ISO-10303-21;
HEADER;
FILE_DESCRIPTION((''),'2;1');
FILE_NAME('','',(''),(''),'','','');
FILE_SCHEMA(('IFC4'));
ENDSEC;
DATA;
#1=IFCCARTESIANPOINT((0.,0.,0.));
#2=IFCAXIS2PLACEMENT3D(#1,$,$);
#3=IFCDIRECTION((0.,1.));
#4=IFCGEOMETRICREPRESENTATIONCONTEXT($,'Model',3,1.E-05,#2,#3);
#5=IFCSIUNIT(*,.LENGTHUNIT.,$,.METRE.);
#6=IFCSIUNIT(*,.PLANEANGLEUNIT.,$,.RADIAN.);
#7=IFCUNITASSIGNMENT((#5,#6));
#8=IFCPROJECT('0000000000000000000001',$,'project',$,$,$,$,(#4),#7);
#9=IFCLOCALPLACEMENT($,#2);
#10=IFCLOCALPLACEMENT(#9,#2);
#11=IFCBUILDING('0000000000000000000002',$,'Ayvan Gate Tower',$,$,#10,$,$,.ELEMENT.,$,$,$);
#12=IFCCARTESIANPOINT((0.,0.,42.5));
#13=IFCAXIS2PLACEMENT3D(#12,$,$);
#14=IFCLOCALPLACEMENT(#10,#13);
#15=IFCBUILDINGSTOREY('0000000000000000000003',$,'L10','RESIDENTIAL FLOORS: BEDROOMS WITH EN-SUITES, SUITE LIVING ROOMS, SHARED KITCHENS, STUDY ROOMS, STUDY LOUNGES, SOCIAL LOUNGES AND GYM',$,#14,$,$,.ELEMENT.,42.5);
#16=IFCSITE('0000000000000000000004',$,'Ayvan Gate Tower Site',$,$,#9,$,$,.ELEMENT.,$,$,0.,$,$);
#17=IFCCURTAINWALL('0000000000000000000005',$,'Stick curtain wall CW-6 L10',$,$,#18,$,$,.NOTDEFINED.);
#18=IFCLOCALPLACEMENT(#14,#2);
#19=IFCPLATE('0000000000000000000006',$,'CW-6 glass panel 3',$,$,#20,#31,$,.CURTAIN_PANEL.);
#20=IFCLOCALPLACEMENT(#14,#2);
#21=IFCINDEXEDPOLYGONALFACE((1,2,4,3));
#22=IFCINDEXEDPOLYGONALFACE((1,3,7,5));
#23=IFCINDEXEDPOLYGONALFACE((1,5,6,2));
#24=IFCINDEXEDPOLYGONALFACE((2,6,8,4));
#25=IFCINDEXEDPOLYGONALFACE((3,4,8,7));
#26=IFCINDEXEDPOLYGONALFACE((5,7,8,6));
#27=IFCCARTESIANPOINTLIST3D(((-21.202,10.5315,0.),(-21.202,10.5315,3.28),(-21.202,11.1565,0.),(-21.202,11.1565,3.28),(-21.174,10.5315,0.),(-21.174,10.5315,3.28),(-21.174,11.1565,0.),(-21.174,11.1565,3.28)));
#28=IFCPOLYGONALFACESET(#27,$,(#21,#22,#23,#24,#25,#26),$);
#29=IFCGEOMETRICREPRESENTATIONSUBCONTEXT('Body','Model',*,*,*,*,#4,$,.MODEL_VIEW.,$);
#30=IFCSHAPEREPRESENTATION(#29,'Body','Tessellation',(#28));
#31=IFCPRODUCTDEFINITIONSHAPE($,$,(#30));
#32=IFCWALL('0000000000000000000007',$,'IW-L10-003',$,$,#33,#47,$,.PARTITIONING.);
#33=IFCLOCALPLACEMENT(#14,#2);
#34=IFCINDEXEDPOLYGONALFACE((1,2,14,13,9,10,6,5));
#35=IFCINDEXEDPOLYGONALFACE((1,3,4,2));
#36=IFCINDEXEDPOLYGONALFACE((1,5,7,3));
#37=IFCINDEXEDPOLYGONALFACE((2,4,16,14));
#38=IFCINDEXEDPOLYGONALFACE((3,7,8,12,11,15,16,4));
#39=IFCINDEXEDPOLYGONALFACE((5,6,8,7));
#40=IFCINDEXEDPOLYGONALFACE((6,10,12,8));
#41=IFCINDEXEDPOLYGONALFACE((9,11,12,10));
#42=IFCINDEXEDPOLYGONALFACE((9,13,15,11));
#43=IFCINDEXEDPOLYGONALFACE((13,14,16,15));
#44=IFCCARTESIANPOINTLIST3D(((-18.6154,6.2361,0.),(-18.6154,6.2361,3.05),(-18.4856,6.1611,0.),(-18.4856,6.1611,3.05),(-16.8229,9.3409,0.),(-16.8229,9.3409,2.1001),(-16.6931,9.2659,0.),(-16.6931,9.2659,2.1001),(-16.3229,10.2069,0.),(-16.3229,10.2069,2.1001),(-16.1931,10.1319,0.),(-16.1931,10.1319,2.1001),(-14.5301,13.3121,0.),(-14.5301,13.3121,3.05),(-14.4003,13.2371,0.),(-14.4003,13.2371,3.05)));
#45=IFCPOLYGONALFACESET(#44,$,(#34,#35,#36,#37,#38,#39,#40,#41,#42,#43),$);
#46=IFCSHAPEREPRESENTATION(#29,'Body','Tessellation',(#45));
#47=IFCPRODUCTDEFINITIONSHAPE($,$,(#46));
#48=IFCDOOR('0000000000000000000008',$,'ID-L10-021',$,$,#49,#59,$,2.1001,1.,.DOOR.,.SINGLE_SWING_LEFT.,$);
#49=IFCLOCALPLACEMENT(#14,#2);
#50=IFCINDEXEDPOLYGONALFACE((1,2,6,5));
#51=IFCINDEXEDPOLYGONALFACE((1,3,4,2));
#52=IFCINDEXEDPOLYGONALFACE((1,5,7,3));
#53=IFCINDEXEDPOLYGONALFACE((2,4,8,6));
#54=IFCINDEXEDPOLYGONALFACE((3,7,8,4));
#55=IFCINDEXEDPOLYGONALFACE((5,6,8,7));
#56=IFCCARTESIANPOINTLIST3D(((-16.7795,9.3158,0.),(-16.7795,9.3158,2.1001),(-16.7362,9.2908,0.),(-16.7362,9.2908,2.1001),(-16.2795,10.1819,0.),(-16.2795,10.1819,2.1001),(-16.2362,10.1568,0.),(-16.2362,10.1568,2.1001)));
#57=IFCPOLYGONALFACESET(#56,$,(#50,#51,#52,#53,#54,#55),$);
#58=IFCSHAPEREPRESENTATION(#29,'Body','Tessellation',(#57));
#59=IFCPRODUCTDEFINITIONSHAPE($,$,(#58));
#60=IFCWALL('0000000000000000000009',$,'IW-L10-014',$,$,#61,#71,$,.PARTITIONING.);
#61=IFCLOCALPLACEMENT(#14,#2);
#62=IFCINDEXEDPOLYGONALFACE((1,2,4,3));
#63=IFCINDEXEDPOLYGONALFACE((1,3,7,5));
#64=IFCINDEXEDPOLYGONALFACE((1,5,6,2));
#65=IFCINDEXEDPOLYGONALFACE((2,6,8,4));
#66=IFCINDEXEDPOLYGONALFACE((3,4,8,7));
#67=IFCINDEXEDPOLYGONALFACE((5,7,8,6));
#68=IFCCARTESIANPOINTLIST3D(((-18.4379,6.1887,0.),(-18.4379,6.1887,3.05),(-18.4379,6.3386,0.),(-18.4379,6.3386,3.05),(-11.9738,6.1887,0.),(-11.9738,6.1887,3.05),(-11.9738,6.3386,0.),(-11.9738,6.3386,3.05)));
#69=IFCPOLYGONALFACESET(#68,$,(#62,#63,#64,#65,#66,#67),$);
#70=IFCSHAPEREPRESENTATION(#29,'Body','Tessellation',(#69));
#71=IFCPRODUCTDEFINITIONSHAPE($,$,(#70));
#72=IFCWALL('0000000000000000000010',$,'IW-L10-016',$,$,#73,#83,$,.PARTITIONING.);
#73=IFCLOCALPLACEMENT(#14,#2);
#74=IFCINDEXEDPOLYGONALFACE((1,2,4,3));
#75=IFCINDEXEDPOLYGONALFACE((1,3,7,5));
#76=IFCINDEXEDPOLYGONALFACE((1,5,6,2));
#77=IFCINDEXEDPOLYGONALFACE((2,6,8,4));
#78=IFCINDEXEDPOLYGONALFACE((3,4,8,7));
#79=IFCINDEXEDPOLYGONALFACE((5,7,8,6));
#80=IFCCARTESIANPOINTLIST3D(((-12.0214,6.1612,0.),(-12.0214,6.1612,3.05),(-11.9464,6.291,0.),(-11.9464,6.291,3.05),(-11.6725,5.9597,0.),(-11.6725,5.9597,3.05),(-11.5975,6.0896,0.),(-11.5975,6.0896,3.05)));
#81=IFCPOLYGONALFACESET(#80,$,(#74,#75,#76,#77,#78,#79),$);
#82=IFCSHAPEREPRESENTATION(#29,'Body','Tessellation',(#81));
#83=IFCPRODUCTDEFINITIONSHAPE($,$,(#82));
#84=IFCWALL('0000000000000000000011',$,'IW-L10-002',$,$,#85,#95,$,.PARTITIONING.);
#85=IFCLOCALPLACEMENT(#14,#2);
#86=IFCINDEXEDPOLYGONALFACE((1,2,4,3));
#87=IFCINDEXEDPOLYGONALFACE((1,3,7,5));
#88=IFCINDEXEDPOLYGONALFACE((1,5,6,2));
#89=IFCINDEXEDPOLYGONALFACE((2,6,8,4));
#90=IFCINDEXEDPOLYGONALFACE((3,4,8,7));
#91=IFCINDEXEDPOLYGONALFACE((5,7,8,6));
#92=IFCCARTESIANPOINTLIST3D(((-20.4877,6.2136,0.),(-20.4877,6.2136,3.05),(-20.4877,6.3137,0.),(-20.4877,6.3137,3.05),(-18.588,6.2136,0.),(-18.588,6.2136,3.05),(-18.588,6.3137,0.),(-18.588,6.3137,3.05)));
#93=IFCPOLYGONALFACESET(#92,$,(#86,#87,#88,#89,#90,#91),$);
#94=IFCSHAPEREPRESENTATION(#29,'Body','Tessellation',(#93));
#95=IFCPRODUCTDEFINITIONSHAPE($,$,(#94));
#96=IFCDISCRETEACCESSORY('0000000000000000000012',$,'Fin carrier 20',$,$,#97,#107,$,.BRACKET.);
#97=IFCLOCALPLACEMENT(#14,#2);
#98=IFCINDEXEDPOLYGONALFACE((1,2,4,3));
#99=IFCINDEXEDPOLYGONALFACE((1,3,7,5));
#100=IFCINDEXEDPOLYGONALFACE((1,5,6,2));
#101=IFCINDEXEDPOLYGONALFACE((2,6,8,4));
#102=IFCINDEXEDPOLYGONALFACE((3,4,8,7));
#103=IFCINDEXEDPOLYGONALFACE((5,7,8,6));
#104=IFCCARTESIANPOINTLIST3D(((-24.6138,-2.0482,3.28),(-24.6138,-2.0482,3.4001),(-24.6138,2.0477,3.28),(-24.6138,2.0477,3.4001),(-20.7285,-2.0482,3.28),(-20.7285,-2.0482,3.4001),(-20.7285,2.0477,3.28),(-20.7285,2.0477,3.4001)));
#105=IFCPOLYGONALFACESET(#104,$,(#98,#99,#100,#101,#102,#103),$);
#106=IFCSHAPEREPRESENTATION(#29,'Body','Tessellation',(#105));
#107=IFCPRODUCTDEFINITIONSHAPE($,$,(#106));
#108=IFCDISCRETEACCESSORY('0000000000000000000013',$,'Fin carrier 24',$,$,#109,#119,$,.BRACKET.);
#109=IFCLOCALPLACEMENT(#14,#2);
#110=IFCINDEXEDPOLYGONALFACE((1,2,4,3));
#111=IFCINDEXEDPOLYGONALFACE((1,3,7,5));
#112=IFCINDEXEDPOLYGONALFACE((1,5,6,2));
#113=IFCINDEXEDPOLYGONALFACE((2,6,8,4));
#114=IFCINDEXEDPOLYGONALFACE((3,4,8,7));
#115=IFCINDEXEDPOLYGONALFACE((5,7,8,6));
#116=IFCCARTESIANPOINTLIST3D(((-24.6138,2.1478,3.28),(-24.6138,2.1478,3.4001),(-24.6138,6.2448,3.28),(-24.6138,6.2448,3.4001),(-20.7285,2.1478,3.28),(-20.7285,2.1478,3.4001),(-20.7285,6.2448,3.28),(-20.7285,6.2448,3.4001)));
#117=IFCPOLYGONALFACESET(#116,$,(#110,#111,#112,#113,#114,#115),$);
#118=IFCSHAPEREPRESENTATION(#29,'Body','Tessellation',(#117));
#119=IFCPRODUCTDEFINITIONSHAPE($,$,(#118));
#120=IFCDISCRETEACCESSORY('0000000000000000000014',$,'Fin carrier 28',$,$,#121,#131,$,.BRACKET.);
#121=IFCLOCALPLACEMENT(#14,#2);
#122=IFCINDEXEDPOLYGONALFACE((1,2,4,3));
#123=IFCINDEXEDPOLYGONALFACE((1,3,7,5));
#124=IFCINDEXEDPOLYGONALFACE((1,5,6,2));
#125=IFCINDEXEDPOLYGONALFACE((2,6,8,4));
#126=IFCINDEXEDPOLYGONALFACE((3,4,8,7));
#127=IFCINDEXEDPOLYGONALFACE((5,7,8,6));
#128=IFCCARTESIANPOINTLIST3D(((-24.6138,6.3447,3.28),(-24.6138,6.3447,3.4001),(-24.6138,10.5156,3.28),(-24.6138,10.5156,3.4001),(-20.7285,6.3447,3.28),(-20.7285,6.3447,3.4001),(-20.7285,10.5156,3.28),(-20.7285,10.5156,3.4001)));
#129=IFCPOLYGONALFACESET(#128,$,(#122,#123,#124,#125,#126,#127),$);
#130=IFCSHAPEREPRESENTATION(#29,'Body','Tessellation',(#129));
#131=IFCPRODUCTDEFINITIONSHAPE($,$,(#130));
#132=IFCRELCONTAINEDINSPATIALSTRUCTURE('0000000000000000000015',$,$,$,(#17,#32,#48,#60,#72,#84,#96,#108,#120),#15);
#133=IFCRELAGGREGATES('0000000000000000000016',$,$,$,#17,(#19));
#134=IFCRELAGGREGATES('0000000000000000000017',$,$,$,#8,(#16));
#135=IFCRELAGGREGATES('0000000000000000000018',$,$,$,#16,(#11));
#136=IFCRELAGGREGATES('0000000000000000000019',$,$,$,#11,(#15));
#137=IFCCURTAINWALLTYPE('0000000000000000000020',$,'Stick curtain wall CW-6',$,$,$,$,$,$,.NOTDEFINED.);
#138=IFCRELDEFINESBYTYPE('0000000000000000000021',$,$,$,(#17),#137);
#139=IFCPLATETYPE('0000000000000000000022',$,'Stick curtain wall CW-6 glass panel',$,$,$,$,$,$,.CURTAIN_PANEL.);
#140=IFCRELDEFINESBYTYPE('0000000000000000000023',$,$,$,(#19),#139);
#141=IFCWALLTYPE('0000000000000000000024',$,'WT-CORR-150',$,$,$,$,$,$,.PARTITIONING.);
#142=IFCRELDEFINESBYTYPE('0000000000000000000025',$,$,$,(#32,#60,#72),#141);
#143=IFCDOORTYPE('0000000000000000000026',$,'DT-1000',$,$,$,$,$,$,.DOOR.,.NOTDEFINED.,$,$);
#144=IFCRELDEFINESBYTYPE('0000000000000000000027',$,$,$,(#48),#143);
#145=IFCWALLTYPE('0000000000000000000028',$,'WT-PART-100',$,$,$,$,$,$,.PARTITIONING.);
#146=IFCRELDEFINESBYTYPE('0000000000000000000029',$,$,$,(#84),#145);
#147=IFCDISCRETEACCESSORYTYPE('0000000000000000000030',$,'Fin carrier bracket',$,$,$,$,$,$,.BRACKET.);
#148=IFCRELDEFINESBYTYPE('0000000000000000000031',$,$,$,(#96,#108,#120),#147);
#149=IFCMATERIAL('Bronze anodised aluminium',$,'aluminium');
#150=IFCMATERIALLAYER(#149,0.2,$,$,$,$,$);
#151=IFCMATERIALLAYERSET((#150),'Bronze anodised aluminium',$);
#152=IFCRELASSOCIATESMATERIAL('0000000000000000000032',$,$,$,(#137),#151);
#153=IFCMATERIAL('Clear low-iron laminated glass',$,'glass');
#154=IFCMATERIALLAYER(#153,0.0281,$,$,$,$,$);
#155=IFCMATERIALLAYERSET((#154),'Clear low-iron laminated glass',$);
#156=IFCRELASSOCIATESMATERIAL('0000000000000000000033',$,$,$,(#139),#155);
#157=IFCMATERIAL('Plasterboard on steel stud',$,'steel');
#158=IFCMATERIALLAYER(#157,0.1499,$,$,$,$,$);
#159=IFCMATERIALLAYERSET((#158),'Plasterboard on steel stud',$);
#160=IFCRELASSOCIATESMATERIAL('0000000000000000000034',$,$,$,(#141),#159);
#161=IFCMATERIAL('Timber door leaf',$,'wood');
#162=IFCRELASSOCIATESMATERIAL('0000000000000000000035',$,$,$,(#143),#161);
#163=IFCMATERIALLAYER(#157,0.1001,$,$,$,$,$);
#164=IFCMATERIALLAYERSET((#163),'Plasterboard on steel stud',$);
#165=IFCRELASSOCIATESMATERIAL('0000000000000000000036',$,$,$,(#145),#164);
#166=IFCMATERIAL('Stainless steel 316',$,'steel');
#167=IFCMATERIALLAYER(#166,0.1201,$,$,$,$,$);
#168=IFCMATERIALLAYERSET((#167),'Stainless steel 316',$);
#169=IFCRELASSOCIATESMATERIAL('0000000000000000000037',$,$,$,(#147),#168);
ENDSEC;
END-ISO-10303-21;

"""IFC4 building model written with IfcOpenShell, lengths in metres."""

from ifc_helpers import new_model, si_unit, direction, frame, frame_2d, origin, origin_2d, place, context, subcontext, project, spatial, rectangle, extrude, material, layer, layer_set, type_object, element, fill, aggregate, save


model = new_model("IFC4")

# Units and contexts
model_context = context("Model", 3, precision=1e-05, world=origin(), true_north=direction((0.0, 1.0)))
body_context = subcontext(model_context, "Body", "Model", "MODEL_VIEW")
ifc_project = project(units=[si_unit("LENGTHUNIT", "METRE"), si_unit("PLANEANGLEUNIT", "RADIAN")], contexts=[model_context])

# Site, building, storey
site_placement = place(None, origin())
site = spatial("IfcSite", under=ifc_project, at=site_placement, Name="Ayvan Gate Tower Site", CompositionType="ELEMENT", RefElevation=0.0)
building_placement = place(site_placement, origin())
building = spatial("IfcBuilding", under=site, at=building_placement, Name="Ayvan Gate Tower", CompositionType="ELEMENT")
storey_placement = place(building_placement, frame((0.0, 0.0, 42.5)))
storey = spatial("IfcBuildingStorey", under=building, at=storey_placement, Name="L10", Description="RESIDENTIAL FLOORS: BEDROOMS WITH EN-SUITES, SUITE LIVING ROOMS, SHARED KITCHENS, STUDY ROOMS, STUDY LOUNGES, SOCIAL LOUNGES AND GYM", CompositionType="ELEMENT", Elevation=42.5)

# Curtain wall
ifc_material_1 = material(Name="Bronze anodised aluminium", Category="aluminium")
ifc_layer_1 = layer(ifc_material_1, 0.2)
ifc_layer_set_1 = layer_set([ifc_layer_1], Name="Bronze anodised aluminium")
curtain_wall_type_1 = type_object("IfcCurtainWallType", Name="Stick curtain wall CW-6", PredefinedType="NOTDEFINED", material=ifc_layer_set_1)
curtain_wall_1_placement = place(storey_placement, origin())
curtain_wall_1 = element("IfcCurtainWall", 1, at=curtain_wall_1_placement, inside=storey, type_object=curtain_wall_type_1, Name="Stick curtain wall CW-6 L10", PredefinedType="NOTDEFINED")

# Plate
ifc_material_2 = material(Name="Clear low-iron laminated glass", Category="glass")
ifc_layer_2 = layer(ifc_material_2, 0.0281)
ifc_layer_set_2 = layer_set([ifc_layer_2], Name="Clear low-iron laminated glass")
plate_type_1 = type_object("IfcPlateType", Name="Stick curtain wall CW-6 glass panel", PredefinedType="CURTAIN_PANEL", material=ifc_layer_set_2)
plate_1_placement = place(storey_placement, frame((-21.188, 10.844, 0.0), z_axis=(0.0, 0.0, 1.0), x_axis=(0.0, -1.0, 0.0)))
plate_1 = element("IfcPlate", 2, at=plate_1_placement, type_object=plate_type_1, Name="CW-6 glass panel 3", PredefinedType="CURTAIN_PANEL", context=body_context, shape_type="SweptSolid", body=[
    extrude(rectangle(XDim=0.625, YDim=0.0281, at=origin_2d()), origin(), (0.0, 0.0, 1.0), 3.28),
])
aggregate(curtain_wall_1, [plate_1])

# Wall, opening, door
ifc_material_3 = material(Name="Plasterboard on steel stud", Category="steel")
ifc_layer_3 = layer(ifc_material_3, 0.1499)
ifc_layer_set_3 = layer_set([ifc_layer_3], Name="Plasterboard on steel stud")
wall_type_1 = type_object("IfcWallType", Name="WT-CORR-150", PredefinedType="PARTITIONING", material=ifc_layer_set_3)
wall_1_placement = place(storey_placement, frame((-18.5505, 6.1985, 0.0), z_axis=(0.0, 0.0, 1.0), x_axis=(0.499992, 0.86603, 0.0)))
wall_1 = element("IfcWall", 3, at=wall_1_placement, inside=storey, type_object=wall_type_1, Name="IW-L10-003", PredefinedType="PARTITIONING", context=body_context, shape_type="SweptSolid", body=[
    extrude(rectangle(XDim=8.1707, YDim=0.1499, at=frame_2d((4.0854, 0.0))), origin(), (0.0, 0.0, 1.0), 3.05),
])
opening_placement = place(wall_1_placement, frame((3.5852, 0.0, 0.0)))
opening = element("IfcOpeningElement", 4, at=opening_placement, cuts=wall_1, PredefinedType="OPENING", context=body_context, shape_type="SweptSolid", body=[
    extrude(rectangle(XDim=1.0, YDim=2.1001, at=frame_2d((0.5, 1.05))), frame((0.0, 0.085, 0.0), z_axis=(0.0, -1.0, 0.0), x_axis=(1.0, 0.0, 0.0)), (0.0, 0.0, 1.0), 0.1699),
])
ifc_material_4 = material(Name="Timber door leaf", Category="wood")
door_type = type_object("IfcDoorType", Name="DT-1000", OperationType="NOTDEFINED", PredefinedType="DOOR", material=ifc_material_4)
door_placement = place(opening_placement, origin())
door = element("IfcDoor", 5, at=door_placement, inside=storey, type_object=door_type, Name="ID-L10-021", OperationType="SINGLE_SWING_LEFT", OverallHeight=2.1001, OverallWidth=1.0, PredefinedType="DOOR", context=body_context, shape_type="SweptSolid", body=[
    extrude(rectangle(XDim=1.0, YDim=2.1001, at=frame_2d((0.5, 1.05))), frame((0.0, 0.0249, 0.0), z_axis=(0.0, -1.0, 0.0), x_axis=(1.0, 0.0, 0.0)), (0.0, 0.0, 1.0), 0.05),
])
fill(opening, door)

# Walls
wall_2_placement = place(storey_placement, frame((-11.9739, 6.2637, 0.0), z_axis=(0.0, 0.0, 1.0), x_axis=(-1.0, 0.0, 0.0)))
element("IfcWall", 6, at=wall_2_placement, inside=storey, type_object=wall_type_1, Name="IW-L10-014", PredefinedType="PARTITIONING", context=body_context, shape_type="SweptSolid", body=[
    extrude(rectangle(XDim=6.4641, YDim=0.1499, at=frame_2d((3.2319, 0.0))), origin(), (0.0, 0.0, 1.0), 3.05),
])
wall_3_placement = place(storey_placement, frame((-11.635, 6.0247, 0.0), z_axis=(0.0, 0.0, 1.0), x_axis=(-0.866034, 0.499985, 0.0)))
element("IfcWall", 7, at=wall_3_placement, inside=storey, type_object=wall_type_1, Name="IW-L10-016", PredefinedType="PARTITIONING", context=body_context, shape_type="SweptSolid", body=[
    extrude(rectangle(XDim=0.4028, YDim=0.1499, at=frame_2d((0.2014, 0.0))), origin(), (0.0, 0.0, 1.0), 3.05),
])
ifc_layer_4 = layer(ifc_material_3, 0.1001)
ifc_layer_set_4 = layer_set([ifc_layer_4], Name="Plasterboard on steel stud")
wall_type_2 = type_object("IfcWallType", Name="WT-PART-100", PredefinedType="PARTITIONING", material=ifc_layer_set_4)
wall_4_placement = place(storey_placement, frame((-18.5881, 6.2637, 0.0), z_axis=(0.0, 0.0, 1.0), x_axis=(-1.0, 0.0, 0.0)))
element("IfcWall", 8, at=wall_4_placement, inside=storey, type_object=wall_type_2, Name="IW-L10-002", PredefinedType="PARTITIONING", context=body_context, shape_type="SweptSolid", body=[
    extrude(rectangle(XDim=1.8997, YDim=0.1001, at=frame_2d((0.9497, 0.0))), origin(), (0.0, 0.0, 1.0), 3.05),
])

# Discrete accessories
ifc_material_5 = material(Name="Stainless steel 316", Category="steel")
ifc_layer_5 = layer(ifc_material_5, 0.1201)
ifc_layer_set_5 = layer_set([ifc_layer_5], Name="Stainless steel 316")
discrete_accessory_type = type_object("IfcDiscreteAccessoryType", Name="Fin carrier bracket", PredefinedType="BRACKET", material=ifc_layer_set_5)
discrete_accessory_1_placement = place(storey_placement, frame((-22.6711, -0.0002, 3.28), z_axis=(0.0, 0.0, 1.0), x_axis=(0.0, -1.0, 0.0)))
element("IfcDiscreteAccessory", 9, at=discrete_accessory_1_placement, inside=storey, type_object=discrete_accessory_type, Name="Fin carrier 20", PredefinedType="BRACKET", context=body_context, shape_type="SweptSolid", body=[
    extrude(rectangle(XDim=4.0959, YDim=3.8853, at=origin_2d()), origin(), (0.0, 0.0, 1.0), 0.1201),
])
discrete_accessory_2_placement = place(storey_placement, frame((-22.6711, 4.1963, 3.28), z_axis=(0.0, 0.0, 1.0), x_axis=(0.0, -1.0, 0.0)))
element("IfcDiscreteAccessory", 10, at=discrete_accessory_2_placement, inside=storey, type_object=discrete_accessory_type, Name="Fin carrier 24", PredefinedType="BRACKET", context=body_context, shape_type="SweptSolid", body=[
    extrude(rectangle(XDim=4.0969, YDim=3.8853, at=origin_2d()), origin(), (0.0, 0.0, 1.0), 0.1201),
])
discrete_accessory_3_placement = place(storey_placement, frame((-22.6711, 8.4302, 3.28), z_axis=(0.0, 0.0, 1.0), x_axis=(0.0, -1.0, 0.0)))
element("IfcDiscreteAccessory", 11, at=discrete_accessory_3_placement, inside=storey, type_object=discrete_accessory_type, Name="Fin carrier 28", PredefinedType="BRACKET", context=body_context, shape_type="SweptSolid", body=[
    extrude(rectangle(XDim=4.1709, YDim=3.8853, at=origin_2d()), origin(), (0.0, 0.0, 1.0), 0.1201),
])

save(model, "model.ifc")
